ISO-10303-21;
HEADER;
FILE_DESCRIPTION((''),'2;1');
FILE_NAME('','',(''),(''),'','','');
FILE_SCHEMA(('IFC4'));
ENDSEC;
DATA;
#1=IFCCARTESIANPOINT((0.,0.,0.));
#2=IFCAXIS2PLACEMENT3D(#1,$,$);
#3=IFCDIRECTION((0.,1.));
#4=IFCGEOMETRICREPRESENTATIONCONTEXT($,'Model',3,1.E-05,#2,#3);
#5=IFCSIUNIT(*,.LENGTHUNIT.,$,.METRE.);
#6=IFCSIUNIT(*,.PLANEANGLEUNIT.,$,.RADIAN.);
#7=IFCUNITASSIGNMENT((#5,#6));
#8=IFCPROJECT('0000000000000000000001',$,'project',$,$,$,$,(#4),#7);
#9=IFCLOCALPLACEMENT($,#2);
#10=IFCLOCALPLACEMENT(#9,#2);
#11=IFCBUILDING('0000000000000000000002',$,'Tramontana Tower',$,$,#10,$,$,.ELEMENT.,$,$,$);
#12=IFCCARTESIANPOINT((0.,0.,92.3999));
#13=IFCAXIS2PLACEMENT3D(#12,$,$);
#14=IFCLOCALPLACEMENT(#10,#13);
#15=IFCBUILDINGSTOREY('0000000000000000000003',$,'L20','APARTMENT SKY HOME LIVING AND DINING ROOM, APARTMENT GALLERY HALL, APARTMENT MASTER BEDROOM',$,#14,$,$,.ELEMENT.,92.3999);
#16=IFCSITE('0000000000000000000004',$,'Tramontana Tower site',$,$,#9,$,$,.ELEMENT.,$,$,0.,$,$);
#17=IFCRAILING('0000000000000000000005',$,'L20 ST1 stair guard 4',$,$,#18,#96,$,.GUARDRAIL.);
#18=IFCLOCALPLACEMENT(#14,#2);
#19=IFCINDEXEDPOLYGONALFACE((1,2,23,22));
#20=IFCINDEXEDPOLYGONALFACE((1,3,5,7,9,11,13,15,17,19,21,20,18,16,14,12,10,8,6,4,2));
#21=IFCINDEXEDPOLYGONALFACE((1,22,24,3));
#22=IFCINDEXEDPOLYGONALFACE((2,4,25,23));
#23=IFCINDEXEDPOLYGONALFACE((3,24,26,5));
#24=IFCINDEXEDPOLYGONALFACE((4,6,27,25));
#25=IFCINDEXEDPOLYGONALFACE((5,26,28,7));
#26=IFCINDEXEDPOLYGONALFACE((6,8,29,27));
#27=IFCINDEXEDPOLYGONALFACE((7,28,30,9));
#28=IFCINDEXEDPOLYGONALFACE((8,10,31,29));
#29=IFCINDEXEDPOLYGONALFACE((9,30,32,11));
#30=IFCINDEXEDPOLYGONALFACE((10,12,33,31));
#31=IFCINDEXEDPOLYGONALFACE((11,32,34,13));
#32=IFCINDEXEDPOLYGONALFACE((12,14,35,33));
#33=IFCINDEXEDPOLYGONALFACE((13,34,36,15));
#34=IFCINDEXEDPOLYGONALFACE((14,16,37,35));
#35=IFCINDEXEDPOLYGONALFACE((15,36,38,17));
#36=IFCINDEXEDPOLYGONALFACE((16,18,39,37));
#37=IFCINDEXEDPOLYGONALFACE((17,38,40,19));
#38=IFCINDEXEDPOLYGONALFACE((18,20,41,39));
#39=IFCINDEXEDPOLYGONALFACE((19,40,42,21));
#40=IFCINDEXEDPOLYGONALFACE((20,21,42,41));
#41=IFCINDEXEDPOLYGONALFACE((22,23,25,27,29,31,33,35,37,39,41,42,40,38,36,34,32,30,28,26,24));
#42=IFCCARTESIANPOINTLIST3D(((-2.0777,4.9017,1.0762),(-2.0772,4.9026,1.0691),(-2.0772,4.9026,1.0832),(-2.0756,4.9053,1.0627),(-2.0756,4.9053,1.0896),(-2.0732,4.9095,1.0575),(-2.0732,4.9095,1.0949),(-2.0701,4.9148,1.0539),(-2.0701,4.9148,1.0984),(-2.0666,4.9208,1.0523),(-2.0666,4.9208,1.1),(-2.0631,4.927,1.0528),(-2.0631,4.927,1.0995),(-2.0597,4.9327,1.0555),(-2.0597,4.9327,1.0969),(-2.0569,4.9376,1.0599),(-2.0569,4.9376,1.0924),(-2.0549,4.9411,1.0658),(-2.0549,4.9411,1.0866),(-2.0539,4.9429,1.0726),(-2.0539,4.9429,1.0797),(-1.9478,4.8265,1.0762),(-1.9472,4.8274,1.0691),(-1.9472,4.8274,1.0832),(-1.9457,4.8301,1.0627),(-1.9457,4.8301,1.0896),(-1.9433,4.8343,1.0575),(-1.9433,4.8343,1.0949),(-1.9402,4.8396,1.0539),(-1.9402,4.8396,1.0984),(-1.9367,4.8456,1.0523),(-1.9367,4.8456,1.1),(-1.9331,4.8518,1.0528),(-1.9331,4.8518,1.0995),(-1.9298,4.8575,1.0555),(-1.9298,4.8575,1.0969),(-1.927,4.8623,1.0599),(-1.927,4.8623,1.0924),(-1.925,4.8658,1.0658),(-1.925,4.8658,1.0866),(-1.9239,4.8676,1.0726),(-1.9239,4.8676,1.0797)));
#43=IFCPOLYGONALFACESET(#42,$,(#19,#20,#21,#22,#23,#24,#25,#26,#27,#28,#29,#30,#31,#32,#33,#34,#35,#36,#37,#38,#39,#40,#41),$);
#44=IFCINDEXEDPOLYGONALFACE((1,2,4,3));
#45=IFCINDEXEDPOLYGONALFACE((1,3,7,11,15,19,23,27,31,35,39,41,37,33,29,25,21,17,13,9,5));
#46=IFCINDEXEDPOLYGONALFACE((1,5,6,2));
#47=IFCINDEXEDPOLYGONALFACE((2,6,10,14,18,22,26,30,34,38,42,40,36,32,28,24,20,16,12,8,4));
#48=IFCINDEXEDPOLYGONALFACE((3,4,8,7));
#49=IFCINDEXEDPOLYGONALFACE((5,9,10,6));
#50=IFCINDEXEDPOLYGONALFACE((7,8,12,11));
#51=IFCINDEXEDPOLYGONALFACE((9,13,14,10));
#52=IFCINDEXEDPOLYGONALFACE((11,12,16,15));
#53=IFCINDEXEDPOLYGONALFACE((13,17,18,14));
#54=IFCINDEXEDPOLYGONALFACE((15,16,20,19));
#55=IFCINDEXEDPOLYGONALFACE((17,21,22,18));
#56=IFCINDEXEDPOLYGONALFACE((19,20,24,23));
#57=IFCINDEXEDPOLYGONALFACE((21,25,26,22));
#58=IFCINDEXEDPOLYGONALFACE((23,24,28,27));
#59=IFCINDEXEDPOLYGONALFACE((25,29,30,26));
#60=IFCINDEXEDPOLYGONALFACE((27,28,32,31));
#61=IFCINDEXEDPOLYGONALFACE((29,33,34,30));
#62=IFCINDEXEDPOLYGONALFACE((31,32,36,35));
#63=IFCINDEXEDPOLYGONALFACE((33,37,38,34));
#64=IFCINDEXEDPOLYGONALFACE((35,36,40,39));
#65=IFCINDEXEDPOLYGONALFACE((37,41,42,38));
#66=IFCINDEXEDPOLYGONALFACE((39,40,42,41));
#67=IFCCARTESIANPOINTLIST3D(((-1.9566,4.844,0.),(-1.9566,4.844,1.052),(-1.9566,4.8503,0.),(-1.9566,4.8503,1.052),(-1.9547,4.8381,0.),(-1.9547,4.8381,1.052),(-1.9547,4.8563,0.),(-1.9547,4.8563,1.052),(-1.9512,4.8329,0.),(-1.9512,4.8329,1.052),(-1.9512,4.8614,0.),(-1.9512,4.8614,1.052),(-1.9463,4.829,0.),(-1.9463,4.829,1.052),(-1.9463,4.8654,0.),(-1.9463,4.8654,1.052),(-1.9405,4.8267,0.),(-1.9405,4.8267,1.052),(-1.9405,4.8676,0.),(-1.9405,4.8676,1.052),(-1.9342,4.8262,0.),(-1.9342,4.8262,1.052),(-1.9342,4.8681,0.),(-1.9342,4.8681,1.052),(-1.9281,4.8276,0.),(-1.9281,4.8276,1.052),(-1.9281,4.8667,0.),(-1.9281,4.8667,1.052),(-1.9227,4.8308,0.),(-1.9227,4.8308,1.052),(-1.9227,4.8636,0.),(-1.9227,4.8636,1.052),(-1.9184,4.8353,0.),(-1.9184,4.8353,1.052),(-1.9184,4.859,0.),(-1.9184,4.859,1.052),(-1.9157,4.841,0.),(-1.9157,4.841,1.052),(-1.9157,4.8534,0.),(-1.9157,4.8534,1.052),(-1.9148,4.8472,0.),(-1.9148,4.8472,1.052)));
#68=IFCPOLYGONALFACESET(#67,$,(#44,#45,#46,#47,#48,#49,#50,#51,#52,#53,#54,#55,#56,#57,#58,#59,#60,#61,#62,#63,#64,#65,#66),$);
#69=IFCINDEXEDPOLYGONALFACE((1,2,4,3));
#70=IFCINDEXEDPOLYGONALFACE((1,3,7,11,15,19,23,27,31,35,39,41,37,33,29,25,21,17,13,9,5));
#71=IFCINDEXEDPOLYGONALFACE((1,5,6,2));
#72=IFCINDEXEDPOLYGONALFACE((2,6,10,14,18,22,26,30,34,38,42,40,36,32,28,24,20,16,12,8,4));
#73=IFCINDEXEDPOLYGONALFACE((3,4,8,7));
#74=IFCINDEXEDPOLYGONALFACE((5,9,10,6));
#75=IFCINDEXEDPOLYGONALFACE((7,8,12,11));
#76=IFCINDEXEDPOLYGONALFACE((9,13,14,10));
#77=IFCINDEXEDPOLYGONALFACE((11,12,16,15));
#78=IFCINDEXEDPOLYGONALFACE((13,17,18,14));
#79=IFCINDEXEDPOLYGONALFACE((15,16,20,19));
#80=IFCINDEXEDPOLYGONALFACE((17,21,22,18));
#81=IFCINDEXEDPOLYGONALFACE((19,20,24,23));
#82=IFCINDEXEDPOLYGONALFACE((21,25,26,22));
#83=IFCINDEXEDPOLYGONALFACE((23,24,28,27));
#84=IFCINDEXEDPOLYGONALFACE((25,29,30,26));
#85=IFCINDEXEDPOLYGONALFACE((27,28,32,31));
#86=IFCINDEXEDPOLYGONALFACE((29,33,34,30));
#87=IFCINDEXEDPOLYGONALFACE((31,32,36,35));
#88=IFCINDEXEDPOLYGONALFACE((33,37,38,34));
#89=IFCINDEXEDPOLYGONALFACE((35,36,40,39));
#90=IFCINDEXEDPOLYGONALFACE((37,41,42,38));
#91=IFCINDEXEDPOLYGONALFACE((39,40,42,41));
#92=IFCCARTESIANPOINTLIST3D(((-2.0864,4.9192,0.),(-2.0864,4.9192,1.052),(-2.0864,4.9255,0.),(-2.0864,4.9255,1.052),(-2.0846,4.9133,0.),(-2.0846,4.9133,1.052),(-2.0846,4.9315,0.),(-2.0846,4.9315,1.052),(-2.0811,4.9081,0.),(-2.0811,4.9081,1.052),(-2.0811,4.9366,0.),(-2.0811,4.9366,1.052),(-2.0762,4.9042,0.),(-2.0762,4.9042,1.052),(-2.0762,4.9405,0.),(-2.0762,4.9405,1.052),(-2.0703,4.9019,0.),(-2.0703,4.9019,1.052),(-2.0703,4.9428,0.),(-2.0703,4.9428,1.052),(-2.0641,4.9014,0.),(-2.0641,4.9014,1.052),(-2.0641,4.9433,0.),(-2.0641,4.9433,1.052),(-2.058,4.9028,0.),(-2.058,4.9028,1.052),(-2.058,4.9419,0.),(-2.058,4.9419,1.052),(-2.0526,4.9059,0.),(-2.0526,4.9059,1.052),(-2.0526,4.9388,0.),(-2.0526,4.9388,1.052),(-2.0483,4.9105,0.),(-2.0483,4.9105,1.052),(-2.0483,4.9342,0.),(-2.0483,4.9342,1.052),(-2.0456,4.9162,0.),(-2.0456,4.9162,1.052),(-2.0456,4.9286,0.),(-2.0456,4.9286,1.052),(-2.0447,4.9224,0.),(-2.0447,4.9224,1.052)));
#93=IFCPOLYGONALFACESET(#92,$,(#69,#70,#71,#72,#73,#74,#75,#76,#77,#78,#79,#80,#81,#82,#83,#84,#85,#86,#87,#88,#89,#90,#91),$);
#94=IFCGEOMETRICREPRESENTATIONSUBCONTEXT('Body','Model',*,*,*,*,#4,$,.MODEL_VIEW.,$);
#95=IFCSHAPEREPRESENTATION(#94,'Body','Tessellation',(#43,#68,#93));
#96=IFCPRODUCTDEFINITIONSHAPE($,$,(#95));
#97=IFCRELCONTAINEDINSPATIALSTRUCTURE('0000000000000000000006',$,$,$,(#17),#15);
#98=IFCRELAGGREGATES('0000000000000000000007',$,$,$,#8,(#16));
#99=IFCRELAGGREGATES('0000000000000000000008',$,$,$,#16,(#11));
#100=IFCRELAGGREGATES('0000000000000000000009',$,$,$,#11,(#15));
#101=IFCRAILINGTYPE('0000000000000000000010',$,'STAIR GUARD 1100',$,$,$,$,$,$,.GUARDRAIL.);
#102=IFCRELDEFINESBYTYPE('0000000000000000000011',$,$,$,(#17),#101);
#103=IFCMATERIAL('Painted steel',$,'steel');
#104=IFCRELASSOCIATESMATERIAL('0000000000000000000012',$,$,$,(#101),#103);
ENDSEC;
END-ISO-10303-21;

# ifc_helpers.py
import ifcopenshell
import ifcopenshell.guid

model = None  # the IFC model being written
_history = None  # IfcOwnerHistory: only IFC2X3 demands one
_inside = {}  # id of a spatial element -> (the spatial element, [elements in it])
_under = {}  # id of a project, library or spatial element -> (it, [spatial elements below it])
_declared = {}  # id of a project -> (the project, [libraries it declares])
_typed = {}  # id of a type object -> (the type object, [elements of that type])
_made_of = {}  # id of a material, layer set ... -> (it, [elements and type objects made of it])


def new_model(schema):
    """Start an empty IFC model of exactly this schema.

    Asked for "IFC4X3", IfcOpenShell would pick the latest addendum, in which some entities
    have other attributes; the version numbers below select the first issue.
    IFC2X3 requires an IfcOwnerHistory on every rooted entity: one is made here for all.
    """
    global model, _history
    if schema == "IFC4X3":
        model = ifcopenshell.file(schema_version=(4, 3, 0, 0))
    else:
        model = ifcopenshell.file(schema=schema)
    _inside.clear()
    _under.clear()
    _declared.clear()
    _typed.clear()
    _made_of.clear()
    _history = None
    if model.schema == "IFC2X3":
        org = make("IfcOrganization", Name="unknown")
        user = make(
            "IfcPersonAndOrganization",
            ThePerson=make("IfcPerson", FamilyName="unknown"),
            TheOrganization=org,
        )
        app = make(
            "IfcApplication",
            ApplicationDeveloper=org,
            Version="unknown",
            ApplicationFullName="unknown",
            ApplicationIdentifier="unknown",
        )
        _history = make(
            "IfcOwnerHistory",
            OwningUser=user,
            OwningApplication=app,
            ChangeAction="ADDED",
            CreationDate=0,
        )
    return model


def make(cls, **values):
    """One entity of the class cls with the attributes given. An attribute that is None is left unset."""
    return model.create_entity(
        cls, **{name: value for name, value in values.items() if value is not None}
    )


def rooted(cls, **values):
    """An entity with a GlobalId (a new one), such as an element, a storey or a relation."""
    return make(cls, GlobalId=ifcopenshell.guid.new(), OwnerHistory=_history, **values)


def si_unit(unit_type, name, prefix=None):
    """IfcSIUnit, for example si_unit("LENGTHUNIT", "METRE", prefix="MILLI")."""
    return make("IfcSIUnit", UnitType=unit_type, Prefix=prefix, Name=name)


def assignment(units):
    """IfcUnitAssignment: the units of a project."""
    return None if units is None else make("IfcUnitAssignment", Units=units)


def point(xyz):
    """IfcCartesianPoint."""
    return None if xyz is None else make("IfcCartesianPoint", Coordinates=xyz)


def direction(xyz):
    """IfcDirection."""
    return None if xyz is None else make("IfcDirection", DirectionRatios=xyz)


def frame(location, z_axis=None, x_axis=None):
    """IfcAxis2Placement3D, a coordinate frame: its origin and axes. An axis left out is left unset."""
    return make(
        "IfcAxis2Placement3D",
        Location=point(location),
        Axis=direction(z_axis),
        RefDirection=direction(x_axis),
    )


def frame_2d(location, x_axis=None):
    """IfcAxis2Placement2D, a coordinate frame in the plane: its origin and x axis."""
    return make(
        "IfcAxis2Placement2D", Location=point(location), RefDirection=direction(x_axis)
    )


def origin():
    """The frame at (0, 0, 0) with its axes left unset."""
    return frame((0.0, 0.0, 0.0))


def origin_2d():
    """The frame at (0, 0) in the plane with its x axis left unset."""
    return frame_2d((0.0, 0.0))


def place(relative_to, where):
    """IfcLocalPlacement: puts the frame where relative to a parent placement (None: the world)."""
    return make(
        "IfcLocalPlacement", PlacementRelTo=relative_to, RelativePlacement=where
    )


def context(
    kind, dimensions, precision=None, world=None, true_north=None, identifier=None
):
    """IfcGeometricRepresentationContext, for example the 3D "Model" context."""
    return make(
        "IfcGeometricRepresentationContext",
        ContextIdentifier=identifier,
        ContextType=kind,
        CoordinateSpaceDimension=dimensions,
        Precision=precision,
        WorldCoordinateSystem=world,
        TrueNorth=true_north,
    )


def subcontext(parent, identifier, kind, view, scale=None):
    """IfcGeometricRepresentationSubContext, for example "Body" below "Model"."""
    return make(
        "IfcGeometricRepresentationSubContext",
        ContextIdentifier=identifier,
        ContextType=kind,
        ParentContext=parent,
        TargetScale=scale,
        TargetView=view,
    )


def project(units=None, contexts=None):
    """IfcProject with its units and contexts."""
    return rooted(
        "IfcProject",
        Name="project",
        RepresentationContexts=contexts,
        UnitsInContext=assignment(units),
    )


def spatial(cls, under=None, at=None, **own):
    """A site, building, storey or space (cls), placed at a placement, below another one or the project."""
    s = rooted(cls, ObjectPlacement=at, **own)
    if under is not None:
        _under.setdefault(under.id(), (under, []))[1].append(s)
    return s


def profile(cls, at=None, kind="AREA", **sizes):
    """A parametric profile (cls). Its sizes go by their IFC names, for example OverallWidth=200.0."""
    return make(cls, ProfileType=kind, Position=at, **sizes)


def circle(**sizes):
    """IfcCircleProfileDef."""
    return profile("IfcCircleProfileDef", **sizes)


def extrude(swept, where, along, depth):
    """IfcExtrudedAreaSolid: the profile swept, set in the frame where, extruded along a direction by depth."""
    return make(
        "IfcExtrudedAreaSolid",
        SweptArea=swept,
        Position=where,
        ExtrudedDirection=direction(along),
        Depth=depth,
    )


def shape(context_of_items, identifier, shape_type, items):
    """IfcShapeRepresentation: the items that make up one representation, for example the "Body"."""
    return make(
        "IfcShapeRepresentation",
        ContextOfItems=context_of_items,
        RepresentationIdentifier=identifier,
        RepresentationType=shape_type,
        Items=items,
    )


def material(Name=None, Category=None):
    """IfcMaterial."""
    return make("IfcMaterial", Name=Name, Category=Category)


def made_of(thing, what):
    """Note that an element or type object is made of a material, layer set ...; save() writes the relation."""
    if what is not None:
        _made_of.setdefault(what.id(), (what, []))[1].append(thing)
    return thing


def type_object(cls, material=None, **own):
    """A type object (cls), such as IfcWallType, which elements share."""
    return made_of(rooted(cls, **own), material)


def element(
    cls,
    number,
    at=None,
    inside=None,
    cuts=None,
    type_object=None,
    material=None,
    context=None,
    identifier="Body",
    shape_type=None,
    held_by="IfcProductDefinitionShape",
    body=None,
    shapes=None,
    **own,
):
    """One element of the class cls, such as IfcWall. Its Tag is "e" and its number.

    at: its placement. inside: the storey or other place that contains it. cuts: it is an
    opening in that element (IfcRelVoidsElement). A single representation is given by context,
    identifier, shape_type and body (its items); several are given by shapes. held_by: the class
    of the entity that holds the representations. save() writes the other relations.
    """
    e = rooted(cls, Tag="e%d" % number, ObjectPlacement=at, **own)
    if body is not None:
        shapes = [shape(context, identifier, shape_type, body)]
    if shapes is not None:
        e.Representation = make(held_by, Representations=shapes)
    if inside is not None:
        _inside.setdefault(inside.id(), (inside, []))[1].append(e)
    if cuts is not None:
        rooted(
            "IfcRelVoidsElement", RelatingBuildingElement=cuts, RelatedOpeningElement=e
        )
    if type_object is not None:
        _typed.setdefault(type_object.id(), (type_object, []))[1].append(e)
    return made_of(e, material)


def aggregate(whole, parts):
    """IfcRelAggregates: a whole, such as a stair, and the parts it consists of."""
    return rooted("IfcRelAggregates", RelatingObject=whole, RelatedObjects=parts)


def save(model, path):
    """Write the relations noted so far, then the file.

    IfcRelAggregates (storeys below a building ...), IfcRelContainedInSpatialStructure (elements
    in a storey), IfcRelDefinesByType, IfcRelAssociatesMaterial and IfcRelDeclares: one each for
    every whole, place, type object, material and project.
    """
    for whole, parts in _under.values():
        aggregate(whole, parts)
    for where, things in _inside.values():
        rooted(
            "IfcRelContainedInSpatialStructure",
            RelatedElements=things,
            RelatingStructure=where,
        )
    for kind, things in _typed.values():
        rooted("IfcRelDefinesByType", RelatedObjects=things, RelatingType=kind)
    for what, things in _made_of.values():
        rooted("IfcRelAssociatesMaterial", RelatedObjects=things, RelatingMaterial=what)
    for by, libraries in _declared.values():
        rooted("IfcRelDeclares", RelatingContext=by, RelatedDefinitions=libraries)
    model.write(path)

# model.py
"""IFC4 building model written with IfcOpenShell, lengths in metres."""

from ifc_helpers import new_model, si_unit, direction, frame, origin, origin_2d, place, context, subcontext, project, spatial, circle, extrude, material, type_object, element, save


model = new_model("IFC4")

# Units and contexts
model_context = context("Model", 3, precision=1e-05, world=origin(), true_north=direction((0.0, 1.0)))
body_context = subcontext(model_context, "Body", "Model", "MODEL_VIEW")
ifc_project = project(units=[si_unit("LENGTHUNIT", "METRE"), si_unit("PLANEANGLEUNIT", "RADIAN")], contexts=[model_context])

# Site, building, storey
site_placement = place(None, origin())
site = spatial("IfcSite", under=ifc_project, at=site_placement, Name="Tramontana Tower site", CompositionType="ELEMENT", RefElevation=0.0)
building_placement = place(site_placement, origin())
building = spatial("IfcBuilding", under=site, at=building_placement, Name="Tramontana Tower", CompositionType="ELEMENT")
storey_placement = place(building_placement, frame((0.0, 0.0, 92.3999)))
storey = spatial("IfcBuildingStorey", under=building, at=storey_placement, Name="L20", Description="APARTMENT SKY HOME LIVING AND DINING ROOM, APARTMENT GALLERY HALL, APARTMENT MASTER BEDROOM", CompositionType="ELEMENT", Elevation=92.3999)

# Railing
ifc_material_1 = material(Name="Painted steel", Category="steel")
railing_type_1 = type_object("IfcRailingType", Name="STAIR GUARD 1100", PredefinedType="GUARDRAIL", material=ifc_material_1)
railing_1_placement = place(storey_placement, frame((-1.9358, 4.8472, 0.0)))
element("IfcRailing", 1, at=railing_1_placement, inside=storey, type_object=railing_type_1, Name="L20 ST1 stair guard 4", PredefinedType="GUARDRAIL", context=body_context, shape_type="SweptSolid", body=[
    extrude(circle(Radius=0.0239, at=origin_2d()), frame((0.0, 0.0, 1.0762), z_axis=(-0.865426, 0.501036, 0.0), x_axis=(-0.501036, -0.865426, 0.0)), (0.0, 0.0, 1.0), 0.1501),
    extrude(circle(Radius=0.021, at=origin_2d()), origin(), (0.0, 0.0, 1.0), 1.052),
    extrude(circle(Radius=0.021, at=origin_2d()), frame((-0.1299, 0.0752, 0.0)), (0.0, 0.0, 1.0), 1.052),
])

save(model, "model.ifc")
